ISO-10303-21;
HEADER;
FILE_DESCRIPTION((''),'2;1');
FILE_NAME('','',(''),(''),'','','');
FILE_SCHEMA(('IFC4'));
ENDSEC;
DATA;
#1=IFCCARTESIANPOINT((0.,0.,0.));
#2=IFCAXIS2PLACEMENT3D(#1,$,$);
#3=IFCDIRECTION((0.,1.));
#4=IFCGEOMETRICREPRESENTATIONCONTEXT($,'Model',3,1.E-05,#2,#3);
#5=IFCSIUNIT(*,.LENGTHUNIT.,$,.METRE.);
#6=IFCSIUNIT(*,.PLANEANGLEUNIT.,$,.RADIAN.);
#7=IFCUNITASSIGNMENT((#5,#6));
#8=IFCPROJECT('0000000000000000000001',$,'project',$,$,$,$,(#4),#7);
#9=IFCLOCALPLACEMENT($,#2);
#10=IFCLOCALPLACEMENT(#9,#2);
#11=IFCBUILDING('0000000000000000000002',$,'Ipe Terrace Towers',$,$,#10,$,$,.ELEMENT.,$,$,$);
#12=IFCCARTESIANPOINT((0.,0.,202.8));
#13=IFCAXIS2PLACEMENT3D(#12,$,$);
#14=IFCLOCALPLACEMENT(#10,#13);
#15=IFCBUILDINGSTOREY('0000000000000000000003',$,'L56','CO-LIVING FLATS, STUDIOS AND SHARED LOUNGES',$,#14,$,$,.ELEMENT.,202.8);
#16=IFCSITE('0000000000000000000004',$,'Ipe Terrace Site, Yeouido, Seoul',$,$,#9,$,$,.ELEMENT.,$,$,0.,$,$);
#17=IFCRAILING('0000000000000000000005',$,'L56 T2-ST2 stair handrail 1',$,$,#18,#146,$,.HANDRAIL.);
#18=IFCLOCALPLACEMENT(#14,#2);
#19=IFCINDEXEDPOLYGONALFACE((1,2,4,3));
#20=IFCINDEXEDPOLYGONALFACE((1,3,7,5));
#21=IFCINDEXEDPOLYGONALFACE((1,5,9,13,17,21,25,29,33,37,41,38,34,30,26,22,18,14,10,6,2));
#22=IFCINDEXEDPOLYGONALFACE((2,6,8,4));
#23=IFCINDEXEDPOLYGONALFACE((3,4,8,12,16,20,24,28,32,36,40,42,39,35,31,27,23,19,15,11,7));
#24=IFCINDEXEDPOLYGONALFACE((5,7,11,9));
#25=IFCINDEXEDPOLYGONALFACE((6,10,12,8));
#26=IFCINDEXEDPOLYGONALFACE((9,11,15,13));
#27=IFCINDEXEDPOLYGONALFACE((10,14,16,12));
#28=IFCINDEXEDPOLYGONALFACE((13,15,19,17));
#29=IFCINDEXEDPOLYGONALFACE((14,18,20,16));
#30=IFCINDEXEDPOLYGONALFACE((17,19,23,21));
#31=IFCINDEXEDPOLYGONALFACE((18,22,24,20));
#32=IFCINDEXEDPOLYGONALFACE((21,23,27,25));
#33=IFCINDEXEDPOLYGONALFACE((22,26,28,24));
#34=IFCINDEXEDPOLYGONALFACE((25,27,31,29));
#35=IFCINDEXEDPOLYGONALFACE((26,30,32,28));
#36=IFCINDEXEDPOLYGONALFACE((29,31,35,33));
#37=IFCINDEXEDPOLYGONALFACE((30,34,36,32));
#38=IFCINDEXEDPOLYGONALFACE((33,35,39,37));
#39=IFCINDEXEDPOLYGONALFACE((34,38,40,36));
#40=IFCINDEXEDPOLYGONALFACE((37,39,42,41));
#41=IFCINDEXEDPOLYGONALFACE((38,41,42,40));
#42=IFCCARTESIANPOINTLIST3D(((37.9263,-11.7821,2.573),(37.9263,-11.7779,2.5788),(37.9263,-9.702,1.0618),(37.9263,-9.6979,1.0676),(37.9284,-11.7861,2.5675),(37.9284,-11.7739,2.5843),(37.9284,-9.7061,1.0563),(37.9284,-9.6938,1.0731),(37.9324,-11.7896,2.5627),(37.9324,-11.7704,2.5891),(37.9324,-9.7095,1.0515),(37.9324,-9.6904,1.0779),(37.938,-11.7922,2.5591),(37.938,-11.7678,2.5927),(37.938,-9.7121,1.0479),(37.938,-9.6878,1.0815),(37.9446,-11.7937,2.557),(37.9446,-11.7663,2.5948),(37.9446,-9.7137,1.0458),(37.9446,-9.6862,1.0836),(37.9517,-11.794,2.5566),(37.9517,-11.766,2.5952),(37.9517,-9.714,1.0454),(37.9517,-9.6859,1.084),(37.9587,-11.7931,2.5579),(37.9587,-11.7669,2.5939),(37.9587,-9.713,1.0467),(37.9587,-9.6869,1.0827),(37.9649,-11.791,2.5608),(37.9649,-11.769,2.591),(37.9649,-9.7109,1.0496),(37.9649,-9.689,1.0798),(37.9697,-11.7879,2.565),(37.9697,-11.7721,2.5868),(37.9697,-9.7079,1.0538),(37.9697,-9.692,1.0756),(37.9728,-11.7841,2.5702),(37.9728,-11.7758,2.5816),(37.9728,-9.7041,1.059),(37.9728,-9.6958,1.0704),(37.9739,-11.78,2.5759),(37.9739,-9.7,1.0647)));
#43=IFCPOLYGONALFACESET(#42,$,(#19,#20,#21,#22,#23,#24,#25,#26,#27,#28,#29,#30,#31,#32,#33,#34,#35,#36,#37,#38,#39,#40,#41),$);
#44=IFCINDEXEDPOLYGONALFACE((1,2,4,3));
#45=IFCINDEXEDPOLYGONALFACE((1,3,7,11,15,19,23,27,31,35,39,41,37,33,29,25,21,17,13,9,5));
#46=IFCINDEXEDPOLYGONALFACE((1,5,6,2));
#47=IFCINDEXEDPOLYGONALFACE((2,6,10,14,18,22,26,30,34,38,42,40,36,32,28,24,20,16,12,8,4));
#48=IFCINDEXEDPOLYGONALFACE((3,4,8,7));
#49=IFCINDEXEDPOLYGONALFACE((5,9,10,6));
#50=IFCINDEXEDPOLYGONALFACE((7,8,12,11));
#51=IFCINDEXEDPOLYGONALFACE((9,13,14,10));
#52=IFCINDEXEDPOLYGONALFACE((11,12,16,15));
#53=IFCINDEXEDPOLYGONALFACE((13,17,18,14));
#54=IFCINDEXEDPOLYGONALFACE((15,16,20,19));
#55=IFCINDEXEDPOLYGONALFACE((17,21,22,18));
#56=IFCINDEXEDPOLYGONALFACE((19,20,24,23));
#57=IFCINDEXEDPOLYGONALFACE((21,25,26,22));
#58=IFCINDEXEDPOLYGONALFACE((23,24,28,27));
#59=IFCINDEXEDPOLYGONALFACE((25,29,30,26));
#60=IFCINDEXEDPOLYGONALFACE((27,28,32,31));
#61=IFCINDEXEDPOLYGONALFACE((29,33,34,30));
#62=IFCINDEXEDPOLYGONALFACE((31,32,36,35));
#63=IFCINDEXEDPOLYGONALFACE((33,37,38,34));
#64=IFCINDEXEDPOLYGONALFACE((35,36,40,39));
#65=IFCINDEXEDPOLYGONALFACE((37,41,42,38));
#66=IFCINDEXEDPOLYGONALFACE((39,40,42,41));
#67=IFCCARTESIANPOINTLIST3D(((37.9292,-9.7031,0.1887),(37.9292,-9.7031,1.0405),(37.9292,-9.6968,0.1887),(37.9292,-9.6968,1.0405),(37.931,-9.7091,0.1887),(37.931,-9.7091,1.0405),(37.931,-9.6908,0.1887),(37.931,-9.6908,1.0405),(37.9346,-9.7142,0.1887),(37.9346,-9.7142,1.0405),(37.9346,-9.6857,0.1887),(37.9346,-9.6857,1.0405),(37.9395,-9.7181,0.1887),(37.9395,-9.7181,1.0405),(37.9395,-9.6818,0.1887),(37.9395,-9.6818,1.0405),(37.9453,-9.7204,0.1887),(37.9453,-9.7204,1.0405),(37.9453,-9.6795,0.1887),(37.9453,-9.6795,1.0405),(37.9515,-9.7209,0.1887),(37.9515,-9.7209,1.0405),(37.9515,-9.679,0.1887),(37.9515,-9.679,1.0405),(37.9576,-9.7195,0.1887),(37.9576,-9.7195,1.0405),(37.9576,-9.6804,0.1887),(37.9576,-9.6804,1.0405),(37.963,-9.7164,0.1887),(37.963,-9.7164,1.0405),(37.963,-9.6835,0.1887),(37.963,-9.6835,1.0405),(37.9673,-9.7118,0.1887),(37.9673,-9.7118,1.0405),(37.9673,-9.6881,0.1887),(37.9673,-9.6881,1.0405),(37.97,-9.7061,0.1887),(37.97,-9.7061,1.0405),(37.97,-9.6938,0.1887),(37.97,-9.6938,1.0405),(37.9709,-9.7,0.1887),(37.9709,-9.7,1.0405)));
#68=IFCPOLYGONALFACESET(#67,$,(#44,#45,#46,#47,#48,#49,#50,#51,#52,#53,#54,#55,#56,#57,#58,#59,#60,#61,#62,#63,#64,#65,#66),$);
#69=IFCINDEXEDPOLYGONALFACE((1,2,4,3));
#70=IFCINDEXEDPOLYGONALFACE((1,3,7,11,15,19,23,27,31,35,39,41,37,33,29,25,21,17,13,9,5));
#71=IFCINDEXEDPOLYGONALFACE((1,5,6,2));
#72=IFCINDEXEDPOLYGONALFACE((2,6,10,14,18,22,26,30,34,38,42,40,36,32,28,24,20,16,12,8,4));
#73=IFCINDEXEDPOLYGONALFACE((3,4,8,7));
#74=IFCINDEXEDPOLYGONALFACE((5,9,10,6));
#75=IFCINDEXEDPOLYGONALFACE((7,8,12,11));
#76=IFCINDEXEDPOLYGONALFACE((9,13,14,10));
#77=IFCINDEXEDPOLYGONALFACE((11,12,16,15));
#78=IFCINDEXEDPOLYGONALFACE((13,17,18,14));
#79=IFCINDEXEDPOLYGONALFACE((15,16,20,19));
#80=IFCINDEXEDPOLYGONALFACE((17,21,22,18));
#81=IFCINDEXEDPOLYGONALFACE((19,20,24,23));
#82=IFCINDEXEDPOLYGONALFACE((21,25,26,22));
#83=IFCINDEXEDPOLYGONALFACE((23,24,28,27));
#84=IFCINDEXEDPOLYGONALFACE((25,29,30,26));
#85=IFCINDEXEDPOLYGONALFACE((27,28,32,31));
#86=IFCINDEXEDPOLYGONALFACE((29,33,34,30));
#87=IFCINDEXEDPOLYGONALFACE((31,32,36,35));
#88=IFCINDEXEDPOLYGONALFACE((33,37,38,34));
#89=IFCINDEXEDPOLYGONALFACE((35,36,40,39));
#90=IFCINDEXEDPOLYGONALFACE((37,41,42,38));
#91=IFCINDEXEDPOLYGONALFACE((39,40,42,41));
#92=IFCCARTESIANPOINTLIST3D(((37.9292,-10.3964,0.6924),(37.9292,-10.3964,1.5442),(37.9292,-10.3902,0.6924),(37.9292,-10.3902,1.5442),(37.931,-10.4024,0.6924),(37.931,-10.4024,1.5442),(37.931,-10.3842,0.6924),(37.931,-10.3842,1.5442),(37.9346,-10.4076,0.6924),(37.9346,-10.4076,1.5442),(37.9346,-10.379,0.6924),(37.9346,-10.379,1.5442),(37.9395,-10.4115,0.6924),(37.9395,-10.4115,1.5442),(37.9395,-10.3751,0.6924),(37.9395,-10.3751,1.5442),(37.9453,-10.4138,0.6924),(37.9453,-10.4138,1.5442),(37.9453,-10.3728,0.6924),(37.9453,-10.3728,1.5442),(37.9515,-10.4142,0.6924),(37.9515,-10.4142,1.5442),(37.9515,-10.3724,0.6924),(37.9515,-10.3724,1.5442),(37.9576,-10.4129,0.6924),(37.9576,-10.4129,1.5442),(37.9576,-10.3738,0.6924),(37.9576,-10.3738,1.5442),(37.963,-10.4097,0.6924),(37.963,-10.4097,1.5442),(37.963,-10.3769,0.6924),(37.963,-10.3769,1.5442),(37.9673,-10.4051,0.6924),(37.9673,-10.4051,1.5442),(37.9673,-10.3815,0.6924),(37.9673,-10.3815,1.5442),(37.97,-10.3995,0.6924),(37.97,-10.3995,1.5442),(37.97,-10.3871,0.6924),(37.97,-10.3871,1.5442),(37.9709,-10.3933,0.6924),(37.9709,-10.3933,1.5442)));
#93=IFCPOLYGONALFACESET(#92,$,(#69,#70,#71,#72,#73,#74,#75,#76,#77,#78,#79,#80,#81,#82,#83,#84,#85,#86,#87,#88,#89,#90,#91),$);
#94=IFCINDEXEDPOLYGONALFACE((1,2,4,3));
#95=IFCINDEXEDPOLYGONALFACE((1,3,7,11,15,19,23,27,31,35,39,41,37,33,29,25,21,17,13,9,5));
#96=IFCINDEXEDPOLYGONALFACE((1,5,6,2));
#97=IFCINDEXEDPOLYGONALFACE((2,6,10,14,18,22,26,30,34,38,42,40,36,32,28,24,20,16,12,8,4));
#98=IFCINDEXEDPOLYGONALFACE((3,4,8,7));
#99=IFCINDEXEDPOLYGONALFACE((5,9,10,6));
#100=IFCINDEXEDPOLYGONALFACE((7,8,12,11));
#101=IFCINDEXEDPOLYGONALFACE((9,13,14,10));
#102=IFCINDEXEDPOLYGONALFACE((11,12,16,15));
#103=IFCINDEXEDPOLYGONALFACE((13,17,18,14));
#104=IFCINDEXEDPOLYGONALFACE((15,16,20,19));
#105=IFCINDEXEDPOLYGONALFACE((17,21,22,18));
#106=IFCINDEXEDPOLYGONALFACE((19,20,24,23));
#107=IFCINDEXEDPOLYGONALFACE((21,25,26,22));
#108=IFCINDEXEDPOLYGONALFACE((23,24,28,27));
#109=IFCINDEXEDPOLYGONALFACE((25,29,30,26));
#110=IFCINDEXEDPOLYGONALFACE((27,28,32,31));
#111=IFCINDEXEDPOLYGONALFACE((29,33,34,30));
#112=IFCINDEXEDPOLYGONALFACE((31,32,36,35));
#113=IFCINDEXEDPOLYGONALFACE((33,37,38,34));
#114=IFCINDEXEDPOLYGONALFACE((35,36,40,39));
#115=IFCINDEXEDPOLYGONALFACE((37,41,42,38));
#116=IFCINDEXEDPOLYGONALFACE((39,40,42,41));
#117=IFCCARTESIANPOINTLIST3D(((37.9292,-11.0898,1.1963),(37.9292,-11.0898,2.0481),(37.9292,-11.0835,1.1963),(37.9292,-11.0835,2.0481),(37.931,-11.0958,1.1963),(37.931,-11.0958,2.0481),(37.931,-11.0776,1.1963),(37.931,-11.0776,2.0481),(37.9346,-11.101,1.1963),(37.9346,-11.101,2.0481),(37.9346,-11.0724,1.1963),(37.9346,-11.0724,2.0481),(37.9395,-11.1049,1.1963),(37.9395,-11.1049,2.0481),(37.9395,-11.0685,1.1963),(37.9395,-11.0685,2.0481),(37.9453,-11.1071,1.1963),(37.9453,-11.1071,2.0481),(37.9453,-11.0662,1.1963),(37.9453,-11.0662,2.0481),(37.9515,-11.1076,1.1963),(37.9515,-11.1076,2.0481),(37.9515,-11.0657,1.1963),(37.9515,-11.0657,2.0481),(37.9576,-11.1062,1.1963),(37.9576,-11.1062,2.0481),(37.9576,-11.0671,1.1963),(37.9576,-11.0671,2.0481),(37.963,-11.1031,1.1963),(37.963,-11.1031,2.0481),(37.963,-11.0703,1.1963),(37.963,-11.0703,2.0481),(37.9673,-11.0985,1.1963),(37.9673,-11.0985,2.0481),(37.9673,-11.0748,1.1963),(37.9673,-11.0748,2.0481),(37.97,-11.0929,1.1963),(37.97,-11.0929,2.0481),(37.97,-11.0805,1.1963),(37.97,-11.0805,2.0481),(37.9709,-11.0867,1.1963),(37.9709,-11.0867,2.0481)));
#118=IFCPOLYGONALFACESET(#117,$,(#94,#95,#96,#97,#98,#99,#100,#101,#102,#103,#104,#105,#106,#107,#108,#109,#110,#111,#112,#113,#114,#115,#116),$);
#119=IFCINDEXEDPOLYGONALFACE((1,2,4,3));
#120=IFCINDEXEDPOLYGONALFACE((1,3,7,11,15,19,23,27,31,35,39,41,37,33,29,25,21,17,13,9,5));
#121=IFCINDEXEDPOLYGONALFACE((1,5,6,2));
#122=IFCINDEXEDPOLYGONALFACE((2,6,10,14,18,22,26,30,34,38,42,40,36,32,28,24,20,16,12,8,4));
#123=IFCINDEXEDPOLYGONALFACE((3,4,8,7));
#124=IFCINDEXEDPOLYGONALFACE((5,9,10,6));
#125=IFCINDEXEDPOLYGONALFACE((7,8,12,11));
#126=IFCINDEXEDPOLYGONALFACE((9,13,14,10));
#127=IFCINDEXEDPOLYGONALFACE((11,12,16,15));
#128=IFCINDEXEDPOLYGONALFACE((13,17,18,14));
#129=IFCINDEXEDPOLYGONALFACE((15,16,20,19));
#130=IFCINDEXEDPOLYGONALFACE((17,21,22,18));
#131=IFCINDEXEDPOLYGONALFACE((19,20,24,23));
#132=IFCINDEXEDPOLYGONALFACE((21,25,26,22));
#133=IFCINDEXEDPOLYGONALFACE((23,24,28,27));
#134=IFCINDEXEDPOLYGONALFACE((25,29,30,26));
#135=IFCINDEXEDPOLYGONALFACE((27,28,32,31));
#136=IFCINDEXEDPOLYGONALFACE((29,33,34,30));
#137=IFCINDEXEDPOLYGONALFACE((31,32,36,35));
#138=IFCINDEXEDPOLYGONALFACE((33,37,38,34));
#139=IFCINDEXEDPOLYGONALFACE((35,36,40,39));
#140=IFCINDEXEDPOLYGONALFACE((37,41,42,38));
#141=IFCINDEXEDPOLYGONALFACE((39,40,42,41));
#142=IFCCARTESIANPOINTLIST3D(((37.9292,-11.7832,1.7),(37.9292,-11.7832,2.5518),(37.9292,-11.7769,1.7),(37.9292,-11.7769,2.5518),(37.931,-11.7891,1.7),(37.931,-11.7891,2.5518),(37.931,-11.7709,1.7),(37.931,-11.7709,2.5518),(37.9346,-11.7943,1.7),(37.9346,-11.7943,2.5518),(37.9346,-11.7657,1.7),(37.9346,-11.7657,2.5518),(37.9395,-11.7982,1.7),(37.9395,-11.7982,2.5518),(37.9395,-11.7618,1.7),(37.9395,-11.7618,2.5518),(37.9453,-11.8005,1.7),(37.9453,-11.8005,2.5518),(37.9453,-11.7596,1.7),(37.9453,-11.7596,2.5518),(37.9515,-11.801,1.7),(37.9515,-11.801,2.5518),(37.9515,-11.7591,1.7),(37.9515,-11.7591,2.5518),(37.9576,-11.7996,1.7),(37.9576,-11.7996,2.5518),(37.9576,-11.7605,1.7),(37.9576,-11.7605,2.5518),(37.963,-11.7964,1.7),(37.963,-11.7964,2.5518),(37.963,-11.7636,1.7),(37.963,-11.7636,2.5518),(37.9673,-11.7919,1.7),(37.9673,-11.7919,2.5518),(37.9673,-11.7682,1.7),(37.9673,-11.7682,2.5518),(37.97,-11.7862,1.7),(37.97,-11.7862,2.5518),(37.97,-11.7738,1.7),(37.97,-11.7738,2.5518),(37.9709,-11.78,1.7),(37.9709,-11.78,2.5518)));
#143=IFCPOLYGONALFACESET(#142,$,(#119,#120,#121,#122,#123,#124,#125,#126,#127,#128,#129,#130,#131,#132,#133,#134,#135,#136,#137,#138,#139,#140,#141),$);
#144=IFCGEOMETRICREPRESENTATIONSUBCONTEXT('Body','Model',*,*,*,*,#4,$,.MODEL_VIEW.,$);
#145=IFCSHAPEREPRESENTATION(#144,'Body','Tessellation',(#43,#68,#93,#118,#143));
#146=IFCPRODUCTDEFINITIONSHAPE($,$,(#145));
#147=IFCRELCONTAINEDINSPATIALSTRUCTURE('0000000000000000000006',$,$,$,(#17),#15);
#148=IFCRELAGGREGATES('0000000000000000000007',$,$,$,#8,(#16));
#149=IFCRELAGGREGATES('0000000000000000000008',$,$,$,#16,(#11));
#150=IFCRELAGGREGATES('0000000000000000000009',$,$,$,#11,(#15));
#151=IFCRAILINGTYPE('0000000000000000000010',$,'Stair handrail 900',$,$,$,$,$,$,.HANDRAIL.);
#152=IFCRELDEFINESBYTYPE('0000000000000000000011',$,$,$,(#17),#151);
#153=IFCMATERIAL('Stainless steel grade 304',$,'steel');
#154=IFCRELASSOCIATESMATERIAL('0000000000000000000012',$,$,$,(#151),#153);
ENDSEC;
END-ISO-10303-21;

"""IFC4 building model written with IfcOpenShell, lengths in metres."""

from ifc_helpers import new_model, si_unit, direction, frame, origin, origin_2d, place, context, subcontext, project, spatial, circle, extrude, material, type_object, element, save


model = new_model("IFC4")

# Units and contexts
model_context = context("Model", 3, precision=1e-05, world=origin(), true_north=direction((0.0, 1.0)))
body_context = subcontext(model_context, "Body", "Model", "MODEL_VIEW")
ifc_project = project(units=[si_unit("LENGTHUNIT", "METRE"), si_unit("PLANEANGLEUNIT", "RADIAN")], contexts=[model_context])

# Site, building, storey
site_placement = place(None, origin())
site = spatial("IfcSite", under=ifc_project, at=site_placement, Name="Ipe Terrace Site, Yeouido, Seoul", CompositionType="ELEMENT", RefElevation=0.0)
building_placement = place(site_placement, origin())
building = spatial("IfcBuilding", under=site, at=building_placement, Name="Ipe Terrace Towers", CompositionType="ELEMENT")
storey_placement = place(building_placement, frame((0.0, 0.0, 202.8)))
storey = spatial("IfcBuildingStorey", under=building, at=storey_placement, Name="L56", Description="CO-LIVING FLATS, STUDIOS AND SHARED LOUNGES", CompositionType="ELEMENT", Elevation=202.8)

# Railing
ifc_material_1 = material(Name="Stainless steel grade 304", Category="steel")
railing_type = type_object("IfcRailingType", Name="Stair handrail 900", PredefinedType="HANDRAIL", material=ifc_material_1)
railing_1_placement = place(storey_placement, frame((37.95, -9.7, 0.1887)))
element("IfcRailing", 1, at=railing_1_placement, inside=storey, type_object=railing_type, Name="L56 T2-ST2 stair handrail 1", PredefinedType="HANDRAIL", context=body_context, shape_type="SweptSolid", body=[
    extrude(circle(Radius=0.0239, at=origin_2d()), frame((0.0, 0.0, 0.876), z_axis=(0.0, -0.809023, 0.587776), x_axis=(1.0, 0.0, 0.0)), (0.0, 0.0, 1.0), 2.571),
    extrude(circle(Radius=0.021, at=origin_2d()), origin(), (0.0, 0.0, 1.0), 0.8518),
    extrude(circle(Radius=0.021, at=origin_2d()), frame((0.0, -0.6934, 0.5037)), (0.0, 0.0, 1.0), 0.8518),
    extrude(circle(Radius=0.021, at=origin_2d()), frame((0.0, -1.3867, 1.0076)), (0.0, 0.0, 1.0), 0.8518),
    extrude(circle(Radius=0.021, at=origin_2d()), frame((0.0, -2.0801, 1.5112)), (0.0, 0.0, 1.0), 0.8518),
])

save(model, "model.ifc")
